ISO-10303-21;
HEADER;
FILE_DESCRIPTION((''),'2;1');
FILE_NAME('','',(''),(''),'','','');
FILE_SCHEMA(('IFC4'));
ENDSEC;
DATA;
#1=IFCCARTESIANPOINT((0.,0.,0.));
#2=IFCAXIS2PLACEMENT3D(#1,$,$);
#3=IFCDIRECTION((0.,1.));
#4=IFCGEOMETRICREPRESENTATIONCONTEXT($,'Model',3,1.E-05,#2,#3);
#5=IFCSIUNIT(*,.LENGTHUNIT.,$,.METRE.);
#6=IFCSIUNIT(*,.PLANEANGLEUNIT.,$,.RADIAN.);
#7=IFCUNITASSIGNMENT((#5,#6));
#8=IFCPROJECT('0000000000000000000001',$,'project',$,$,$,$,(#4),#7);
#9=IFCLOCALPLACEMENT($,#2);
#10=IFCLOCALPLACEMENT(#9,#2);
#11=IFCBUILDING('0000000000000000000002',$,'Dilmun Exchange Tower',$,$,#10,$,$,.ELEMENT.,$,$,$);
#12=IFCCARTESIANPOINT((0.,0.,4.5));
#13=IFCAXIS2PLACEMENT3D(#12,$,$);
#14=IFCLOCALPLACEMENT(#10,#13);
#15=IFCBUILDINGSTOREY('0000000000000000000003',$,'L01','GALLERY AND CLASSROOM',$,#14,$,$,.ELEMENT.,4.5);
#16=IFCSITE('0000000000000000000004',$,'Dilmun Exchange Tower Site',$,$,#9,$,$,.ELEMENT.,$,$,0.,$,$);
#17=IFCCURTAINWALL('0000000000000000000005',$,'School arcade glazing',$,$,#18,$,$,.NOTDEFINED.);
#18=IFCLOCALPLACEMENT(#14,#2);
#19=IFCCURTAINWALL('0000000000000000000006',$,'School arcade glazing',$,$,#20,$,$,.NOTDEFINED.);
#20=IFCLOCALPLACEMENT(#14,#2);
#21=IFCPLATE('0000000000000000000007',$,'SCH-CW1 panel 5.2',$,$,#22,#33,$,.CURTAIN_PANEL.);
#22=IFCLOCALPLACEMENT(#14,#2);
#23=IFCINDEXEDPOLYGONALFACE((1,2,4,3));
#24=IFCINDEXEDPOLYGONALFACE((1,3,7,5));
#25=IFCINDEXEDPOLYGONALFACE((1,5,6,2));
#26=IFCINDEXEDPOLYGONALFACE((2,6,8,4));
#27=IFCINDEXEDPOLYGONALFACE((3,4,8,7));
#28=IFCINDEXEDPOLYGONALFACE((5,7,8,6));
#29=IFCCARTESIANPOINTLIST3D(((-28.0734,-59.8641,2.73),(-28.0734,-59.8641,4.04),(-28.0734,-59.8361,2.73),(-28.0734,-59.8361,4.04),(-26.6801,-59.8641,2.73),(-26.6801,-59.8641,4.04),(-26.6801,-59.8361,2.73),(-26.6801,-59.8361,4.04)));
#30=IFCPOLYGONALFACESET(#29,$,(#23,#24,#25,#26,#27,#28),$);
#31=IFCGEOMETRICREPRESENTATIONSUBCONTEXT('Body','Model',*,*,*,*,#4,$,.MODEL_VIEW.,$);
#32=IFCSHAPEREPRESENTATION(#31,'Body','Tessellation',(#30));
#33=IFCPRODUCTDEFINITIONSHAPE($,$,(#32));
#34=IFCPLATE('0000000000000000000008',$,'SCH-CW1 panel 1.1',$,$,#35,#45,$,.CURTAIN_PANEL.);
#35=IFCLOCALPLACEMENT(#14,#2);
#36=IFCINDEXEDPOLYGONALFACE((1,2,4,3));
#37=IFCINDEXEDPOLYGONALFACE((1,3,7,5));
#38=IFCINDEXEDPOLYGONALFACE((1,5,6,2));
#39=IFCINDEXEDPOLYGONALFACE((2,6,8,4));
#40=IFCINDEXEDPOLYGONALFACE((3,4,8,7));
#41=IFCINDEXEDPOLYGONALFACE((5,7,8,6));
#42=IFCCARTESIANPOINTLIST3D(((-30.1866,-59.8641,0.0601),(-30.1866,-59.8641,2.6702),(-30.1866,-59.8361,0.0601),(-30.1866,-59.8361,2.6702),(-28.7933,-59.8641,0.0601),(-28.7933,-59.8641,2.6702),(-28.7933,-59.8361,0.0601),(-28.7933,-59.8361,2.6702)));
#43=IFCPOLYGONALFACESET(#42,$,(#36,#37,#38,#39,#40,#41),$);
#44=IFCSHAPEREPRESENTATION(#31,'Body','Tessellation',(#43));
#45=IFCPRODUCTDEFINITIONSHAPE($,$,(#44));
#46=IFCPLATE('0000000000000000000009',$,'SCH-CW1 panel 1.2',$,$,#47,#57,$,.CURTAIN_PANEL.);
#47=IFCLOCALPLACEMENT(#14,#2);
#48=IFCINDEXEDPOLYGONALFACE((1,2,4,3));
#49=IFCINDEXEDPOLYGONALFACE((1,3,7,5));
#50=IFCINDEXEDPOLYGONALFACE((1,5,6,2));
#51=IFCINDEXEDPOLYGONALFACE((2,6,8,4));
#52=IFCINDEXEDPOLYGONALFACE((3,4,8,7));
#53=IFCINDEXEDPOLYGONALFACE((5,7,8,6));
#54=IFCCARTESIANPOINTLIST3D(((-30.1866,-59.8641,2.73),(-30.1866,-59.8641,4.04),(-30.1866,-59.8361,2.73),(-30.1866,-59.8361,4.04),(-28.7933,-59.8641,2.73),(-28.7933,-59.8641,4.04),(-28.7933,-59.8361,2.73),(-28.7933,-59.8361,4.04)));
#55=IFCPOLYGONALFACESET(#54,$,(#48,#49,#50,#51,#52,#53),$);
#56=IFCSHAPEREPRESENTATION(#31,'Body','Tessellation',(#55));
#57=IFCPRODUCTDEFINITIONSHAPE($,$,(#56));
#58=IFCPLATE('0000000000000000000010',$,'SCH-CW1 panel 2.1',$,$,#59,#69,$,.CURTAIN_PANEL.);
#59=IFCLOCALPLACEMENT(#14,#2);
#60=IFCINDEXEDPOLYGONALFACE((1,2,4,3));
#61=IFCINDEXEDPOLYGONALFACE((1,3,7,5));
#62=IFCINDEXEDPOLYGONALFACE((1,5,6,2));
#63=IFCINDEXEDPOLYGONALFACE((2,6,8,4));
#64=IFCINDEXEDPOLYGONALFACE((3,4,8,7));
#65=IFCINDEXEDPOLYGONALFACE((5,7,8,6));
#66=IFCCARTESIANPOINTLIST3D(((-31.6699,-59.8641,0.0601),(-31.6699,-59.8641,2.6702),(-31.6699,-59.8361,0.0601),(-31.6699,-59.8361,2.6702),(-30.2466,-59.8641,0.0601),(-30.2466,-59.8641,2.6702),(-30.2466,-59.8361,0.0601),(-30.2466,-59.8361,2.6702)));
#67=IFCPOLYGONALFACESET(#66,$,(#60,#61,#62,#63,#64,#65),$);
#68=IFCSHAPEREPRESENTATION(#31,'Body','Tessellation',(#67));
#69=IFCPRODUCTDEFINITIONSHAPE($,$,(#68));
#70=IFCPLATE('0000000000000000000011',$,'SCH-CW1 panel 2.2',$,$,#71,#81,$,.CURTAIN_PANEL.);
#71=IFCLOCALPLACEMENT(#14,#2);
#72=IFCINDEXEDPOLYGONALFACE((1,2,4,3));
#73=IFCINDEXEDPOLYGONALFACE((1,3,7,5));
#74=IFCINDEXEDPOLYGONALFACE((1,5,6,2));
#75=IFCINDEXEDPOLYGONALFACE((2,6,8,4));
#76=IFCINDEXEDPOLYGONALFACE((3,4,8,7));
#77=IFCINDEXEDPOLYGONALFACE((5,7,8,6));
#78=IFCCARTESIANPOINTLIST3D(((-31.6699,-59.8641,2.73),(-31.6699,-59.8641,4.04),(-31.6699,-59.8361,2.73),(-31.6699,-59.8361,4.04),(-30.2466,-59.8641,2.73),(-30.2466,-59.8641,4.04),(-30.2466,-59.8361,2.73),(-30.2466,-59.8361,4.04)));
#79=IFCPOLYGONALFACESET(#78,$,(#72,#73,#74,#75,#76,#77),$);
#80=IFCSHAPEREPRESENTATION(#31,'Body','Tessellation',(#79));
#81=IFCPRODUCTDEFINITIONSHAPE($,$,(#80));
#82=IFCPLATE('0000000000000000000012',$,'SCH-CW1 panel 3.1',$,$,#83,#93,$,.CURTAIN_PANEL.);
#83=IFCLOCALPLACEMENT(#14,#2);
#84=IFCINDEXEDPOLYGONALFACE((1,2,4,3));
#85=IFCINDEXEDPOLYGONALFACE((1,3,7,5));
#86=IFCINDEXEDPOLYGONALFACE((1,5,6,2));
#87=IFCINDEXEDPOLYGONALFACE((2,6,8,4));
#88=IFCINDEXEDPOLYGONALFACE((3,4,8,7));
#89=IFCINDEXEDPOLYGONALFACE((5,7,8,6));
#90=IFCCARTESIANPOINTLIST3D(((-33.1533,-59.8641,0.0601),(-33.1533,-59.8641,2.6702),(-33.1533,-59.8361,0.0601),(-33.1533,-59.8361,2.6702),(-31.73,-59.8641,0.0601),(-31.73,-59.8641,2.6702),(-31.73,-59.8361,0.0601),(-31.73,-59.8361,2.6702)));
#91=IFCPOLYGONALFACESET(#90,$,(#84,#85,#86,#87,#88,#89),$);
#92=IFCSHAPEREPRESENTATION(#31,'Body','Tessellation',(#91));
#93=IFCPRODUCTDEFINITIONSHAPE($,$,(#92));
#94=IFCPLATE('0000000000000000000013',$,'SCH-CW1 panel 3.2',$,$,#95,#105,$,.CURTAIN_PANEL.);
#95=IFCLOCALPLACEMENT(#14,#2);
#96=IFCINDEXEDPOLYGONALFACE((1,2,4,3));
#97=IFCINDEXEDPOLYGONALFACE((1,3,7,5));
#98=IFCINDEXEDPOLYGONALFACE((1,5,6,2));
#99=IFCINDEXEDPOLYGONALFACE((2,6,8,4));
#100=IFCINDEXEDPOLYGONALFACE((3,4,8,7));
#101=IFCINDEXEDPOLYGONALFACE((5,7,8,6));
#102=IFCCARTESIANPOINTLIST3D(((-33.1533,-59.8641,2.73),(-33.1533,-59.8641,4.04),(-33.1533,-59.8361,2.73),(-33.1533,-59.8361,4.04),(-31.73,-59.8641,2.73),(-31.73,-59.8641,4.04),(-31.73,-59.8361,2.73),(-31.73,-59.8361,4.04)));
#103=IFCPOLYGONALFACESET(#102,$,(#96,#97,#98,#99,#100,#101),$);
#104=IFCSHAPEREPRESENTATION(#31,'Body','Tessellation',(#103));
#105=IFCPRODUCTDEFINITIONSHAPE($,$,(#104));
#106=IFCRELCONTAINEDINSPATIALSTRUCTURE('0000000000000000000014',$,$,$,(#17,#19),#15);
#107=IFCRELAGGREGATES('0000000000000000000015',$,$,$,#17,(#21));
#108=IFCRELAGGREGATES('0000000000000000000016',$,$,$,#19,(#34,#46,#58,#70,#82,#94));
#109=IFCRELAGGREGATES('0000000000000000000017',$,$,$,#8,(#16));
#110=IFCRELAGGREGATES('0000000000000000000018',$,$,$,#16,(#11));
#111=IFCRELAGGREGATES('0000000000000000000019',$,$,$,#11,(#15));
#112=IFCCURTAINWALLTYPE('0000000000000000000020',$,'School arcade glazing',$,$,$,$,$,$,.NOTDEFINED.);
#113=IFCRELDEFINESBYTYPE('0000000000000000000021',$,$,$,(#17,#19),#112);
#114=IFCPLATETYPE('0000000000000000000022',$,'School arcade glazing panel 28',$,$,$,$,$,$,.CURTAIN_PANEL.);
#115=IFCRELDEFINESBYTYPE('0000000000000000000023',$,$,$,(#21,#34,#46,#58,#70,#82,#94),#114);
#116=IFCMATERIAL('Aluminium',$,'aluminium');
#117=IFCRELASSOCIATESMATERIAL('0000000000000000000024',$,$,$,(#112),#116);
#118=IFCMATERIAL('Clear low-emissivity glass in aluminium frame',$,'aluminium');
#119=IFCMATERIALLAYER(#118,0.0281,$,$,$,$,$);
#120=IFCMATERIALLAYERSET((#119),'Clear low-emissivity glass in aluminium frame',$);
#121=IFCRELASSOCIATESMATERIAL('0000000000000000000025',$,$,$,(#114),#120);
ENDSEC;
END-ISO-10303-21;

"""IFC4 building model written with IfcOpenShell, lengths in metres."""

from ifc_helpers import new_model, si_unit, direction, frame, origin, origin_2d, place, context, subcontext, project, spatial, rectangle, extrude, material, layer, layer_set, type_object, element, aggregate, save


model = new_model("IFC4")

# Units and contexts
model_context = context("Model", 3, precision=1e-05, world=origin(), true_north=direction((0.0, 1.0)))
body_context = subcontext(model_context, "Body", "Model", "MODEL_VIEW")
ifc_project = project(units=[si_unit("LENGTHUNIT", "METRE"), si_unit("PLANEANGLEUNIT", "RADIAN")], contexts=[model_context])

# Site, building, storey
site_placement = place(None, origin())
site = spatial("IfcSite", under=ifc_project, at=site_placement, Name="Dilmun Exchange Tower Site", CompositionType="ELEMENT", RefElevation=0.0)
building_placement = place(site_placement, origin())
building = spatial("IfcBuilding", under=site, at=building_placement, Name="Dilmun Exchange Tower", CompositionType="ELEMENT")
storey_placement = place(building_placement, frame((0.0, 0.0, 4.5)))
storey = spatial("IfcBuildingStorey", under=building, at=storey_placement, Name="L01", Description="GALLERY AND CLASSROOM", CompositionType="ELEMENT", Elevation=4.5)

# Curtain walls
ifc_material_1 = material(Name="Aluminium", Category="aluminium")
curtain_wall_type = type_object("IfcCurtainWallType", Name="School arcade glazing", PredefinedType="NOTDEFINED", material=ifc_material_1)
curtain_wall_1_placement = place(storey_placement, origin())
curtain_wall_1 = element("IfcCurtainWall", 1, at=curtain_wall_1_placement, inside=storey, type_object=curtain_wall_type, Name="School arcade glazing", PredefinedType="NOTDEFINED")
curtain_wall_2_placement = place(storey_placement, origin())
curtain_wall_2 = element("IfcCurtainWall", 2, at=curtain_wall_2_placement, inside=storey, type_object=curtain_wall_type, Name="School arcade glazing", PredefinedType="NOTDEFINED")

# Plates
ifc_material_2 = material(Name="Clear low-emissivity glass in aluminium frame", Category="aluminium")
ifc_layer = layer(ifc_material_2, 0.0281)
ifc_layer_set = layer_set([ifc_layer], Name="Clear low-emissivity glass in aluminium frame")
plate_type = type_object("IfcPlateType", Name="School arcade glazing panel 28", PredefinedType="CURTAIN_PANEL", material=ifc_layer_set)
plate_1_placement = place(storey_placement, frame((-27.3767, -59.8501, 2.73), z_axis=(0.0, 0.0, 1.0), x_axis=(-1.0, 0.0, 0.0)))
plate_1 = element("IfcPlate", 3, at=plate_1_placement, type_object=plate_type, Name="SCH-CW1 panel 5.2", PredefinedType="CURTAIN_PANEL", context=body_context, shape_type="SweptSolid", body=[
    extrude(rectangle(XDim=1.3933, YDim=0.0281, at=origin_2d()), origin(), (0.0, 0.0, 1.0), 1.3101),
])
aggregate(curtain_wall_1, [plate_1])
plate_2_placement = place(storey_placement, frame((-29.49, -59.8501, 0.0601), z_axis=(0.0, 0.0, 1.0), x_axis=(-1.0, 0.0, 0.0)))
plate_2 = element("IfcPlate", 4, at=plate_2_placement, type_object=plate_type, Name="SCH-CW1 panel 1.1", PredefinedType="CURTAIN_PANEL", context=body_context, shape_type="SweptSolid", body=[
    extrude(rectangle(XDim=1.3933, YDim=0.0281, at=origin_2d()), origin(), (0.0, 0.0, 1.0), 2.6101),
])
plate_3_placement = place(storey_placement, frame((-29.49, -59.8501, 2.73), z_axis=(0.0, 0.0, 1.0), x_axis=(-1.0, 0.0, 0.0)))
plate_3 = element("IfcPlate", 5, at=plate_3_placement, type_object=plate_type, Name="SCH-CW1 panel 1.2", PredefinedType="CURTAIN_PANEL", context=body_context, shape_type="SweptSolid", body=[
    extrude(rectangle(XDim=1.3933, YDim=0.0281, at=origin_2d()), origin(), (0.0, 0.0, 1.0), 1.3101),
])
plate_4_placement = place(storey_placement, frame((-30.9583, -59.8501, 0.0601), z_axis=(0.0, 0.0, 1.0), x_axis=(-1.0, 0.0, 0.0)))
plate_4 = element("IfcPlate", 6, at=plate_4_placement, type_object=plate_type, Name="SCH-CW1 panel 2.1", PredefinedType="CURTAIN_PANEL", context=body_context, shape_type="SweptSolid", body=[
    extrude(rectangle(XDim=1.4233, YDim=0.0281, at=origin_2d()), origin(), (0.0, 0.0, 1.0), 2.6101),
])
plate_5_placement = place(storey_placement, frame((-30.9583, -59.8501, 2.73), z_axis=(0.0, 0.0, 1.0), x_axis=(-1.0, 0.0, 0.0)))
plate_5 = element("IfcPlate", 7, at=plate_5_placement, type_object=plate_type, Name="SCH-CW1 panel 2.2", PredefinedType="CURTAIN_PANEL", context=body_context, shape_type="SweptSolid", body=[
    extrude(rectangle(XDim=1.4233, YDim=0.0281, at=origin_2d()), origin(), (0.0, 0.0, 1.0), 1.3101),
])
plate_6_placement = place(storey_placement, frame((-32.4417, -59.8501, 0.0601), z_axis=(0.0, 0.0, 1.0), x_axis=(-1.0, 0.0, 0.0)))
plate_6 = element("IfcPlate", 8, at=plate_6_placement, type_object=plate_type, Name="SCH-CW1 panel 3.1", PredefinedType="CURTAIN_PANEL", context=body_context, shape_type="SweptSolid", body=[
    extrude(rectangle(XDim=1.4233, YDim=0.0281, at=origin_2d()), origin(), (0.0, 0.0, 1.0), 2.6101),
])
plate_7_placement = place(storey_placement, frame((-32.4417, -59.8501, 2.73), z_axis=(0.0, 0.0, 1.0), x_axis=(-1.0, 0.0, 0.0)))
plate_7 = element("IfcPlate", 9, at=plate_7_placement, type_object=plate_type, Name="SCH-CW1 panel 3.2", PredefinedType="CURTAIN_PANEL", context=body_context, shape_type="SweptSolid", body=[
    extrude(rectangle(XDim=1.4233, YDim=0.0281, at=origin_2d()), origin(), (0.0, 0.0, 1.0), 1.3101),
])
aggregate(curtain_wall_2, [plate_2, plate_3, plate_4, plate_5, plate_6, plate_7])

save(model, "model.ifc")
